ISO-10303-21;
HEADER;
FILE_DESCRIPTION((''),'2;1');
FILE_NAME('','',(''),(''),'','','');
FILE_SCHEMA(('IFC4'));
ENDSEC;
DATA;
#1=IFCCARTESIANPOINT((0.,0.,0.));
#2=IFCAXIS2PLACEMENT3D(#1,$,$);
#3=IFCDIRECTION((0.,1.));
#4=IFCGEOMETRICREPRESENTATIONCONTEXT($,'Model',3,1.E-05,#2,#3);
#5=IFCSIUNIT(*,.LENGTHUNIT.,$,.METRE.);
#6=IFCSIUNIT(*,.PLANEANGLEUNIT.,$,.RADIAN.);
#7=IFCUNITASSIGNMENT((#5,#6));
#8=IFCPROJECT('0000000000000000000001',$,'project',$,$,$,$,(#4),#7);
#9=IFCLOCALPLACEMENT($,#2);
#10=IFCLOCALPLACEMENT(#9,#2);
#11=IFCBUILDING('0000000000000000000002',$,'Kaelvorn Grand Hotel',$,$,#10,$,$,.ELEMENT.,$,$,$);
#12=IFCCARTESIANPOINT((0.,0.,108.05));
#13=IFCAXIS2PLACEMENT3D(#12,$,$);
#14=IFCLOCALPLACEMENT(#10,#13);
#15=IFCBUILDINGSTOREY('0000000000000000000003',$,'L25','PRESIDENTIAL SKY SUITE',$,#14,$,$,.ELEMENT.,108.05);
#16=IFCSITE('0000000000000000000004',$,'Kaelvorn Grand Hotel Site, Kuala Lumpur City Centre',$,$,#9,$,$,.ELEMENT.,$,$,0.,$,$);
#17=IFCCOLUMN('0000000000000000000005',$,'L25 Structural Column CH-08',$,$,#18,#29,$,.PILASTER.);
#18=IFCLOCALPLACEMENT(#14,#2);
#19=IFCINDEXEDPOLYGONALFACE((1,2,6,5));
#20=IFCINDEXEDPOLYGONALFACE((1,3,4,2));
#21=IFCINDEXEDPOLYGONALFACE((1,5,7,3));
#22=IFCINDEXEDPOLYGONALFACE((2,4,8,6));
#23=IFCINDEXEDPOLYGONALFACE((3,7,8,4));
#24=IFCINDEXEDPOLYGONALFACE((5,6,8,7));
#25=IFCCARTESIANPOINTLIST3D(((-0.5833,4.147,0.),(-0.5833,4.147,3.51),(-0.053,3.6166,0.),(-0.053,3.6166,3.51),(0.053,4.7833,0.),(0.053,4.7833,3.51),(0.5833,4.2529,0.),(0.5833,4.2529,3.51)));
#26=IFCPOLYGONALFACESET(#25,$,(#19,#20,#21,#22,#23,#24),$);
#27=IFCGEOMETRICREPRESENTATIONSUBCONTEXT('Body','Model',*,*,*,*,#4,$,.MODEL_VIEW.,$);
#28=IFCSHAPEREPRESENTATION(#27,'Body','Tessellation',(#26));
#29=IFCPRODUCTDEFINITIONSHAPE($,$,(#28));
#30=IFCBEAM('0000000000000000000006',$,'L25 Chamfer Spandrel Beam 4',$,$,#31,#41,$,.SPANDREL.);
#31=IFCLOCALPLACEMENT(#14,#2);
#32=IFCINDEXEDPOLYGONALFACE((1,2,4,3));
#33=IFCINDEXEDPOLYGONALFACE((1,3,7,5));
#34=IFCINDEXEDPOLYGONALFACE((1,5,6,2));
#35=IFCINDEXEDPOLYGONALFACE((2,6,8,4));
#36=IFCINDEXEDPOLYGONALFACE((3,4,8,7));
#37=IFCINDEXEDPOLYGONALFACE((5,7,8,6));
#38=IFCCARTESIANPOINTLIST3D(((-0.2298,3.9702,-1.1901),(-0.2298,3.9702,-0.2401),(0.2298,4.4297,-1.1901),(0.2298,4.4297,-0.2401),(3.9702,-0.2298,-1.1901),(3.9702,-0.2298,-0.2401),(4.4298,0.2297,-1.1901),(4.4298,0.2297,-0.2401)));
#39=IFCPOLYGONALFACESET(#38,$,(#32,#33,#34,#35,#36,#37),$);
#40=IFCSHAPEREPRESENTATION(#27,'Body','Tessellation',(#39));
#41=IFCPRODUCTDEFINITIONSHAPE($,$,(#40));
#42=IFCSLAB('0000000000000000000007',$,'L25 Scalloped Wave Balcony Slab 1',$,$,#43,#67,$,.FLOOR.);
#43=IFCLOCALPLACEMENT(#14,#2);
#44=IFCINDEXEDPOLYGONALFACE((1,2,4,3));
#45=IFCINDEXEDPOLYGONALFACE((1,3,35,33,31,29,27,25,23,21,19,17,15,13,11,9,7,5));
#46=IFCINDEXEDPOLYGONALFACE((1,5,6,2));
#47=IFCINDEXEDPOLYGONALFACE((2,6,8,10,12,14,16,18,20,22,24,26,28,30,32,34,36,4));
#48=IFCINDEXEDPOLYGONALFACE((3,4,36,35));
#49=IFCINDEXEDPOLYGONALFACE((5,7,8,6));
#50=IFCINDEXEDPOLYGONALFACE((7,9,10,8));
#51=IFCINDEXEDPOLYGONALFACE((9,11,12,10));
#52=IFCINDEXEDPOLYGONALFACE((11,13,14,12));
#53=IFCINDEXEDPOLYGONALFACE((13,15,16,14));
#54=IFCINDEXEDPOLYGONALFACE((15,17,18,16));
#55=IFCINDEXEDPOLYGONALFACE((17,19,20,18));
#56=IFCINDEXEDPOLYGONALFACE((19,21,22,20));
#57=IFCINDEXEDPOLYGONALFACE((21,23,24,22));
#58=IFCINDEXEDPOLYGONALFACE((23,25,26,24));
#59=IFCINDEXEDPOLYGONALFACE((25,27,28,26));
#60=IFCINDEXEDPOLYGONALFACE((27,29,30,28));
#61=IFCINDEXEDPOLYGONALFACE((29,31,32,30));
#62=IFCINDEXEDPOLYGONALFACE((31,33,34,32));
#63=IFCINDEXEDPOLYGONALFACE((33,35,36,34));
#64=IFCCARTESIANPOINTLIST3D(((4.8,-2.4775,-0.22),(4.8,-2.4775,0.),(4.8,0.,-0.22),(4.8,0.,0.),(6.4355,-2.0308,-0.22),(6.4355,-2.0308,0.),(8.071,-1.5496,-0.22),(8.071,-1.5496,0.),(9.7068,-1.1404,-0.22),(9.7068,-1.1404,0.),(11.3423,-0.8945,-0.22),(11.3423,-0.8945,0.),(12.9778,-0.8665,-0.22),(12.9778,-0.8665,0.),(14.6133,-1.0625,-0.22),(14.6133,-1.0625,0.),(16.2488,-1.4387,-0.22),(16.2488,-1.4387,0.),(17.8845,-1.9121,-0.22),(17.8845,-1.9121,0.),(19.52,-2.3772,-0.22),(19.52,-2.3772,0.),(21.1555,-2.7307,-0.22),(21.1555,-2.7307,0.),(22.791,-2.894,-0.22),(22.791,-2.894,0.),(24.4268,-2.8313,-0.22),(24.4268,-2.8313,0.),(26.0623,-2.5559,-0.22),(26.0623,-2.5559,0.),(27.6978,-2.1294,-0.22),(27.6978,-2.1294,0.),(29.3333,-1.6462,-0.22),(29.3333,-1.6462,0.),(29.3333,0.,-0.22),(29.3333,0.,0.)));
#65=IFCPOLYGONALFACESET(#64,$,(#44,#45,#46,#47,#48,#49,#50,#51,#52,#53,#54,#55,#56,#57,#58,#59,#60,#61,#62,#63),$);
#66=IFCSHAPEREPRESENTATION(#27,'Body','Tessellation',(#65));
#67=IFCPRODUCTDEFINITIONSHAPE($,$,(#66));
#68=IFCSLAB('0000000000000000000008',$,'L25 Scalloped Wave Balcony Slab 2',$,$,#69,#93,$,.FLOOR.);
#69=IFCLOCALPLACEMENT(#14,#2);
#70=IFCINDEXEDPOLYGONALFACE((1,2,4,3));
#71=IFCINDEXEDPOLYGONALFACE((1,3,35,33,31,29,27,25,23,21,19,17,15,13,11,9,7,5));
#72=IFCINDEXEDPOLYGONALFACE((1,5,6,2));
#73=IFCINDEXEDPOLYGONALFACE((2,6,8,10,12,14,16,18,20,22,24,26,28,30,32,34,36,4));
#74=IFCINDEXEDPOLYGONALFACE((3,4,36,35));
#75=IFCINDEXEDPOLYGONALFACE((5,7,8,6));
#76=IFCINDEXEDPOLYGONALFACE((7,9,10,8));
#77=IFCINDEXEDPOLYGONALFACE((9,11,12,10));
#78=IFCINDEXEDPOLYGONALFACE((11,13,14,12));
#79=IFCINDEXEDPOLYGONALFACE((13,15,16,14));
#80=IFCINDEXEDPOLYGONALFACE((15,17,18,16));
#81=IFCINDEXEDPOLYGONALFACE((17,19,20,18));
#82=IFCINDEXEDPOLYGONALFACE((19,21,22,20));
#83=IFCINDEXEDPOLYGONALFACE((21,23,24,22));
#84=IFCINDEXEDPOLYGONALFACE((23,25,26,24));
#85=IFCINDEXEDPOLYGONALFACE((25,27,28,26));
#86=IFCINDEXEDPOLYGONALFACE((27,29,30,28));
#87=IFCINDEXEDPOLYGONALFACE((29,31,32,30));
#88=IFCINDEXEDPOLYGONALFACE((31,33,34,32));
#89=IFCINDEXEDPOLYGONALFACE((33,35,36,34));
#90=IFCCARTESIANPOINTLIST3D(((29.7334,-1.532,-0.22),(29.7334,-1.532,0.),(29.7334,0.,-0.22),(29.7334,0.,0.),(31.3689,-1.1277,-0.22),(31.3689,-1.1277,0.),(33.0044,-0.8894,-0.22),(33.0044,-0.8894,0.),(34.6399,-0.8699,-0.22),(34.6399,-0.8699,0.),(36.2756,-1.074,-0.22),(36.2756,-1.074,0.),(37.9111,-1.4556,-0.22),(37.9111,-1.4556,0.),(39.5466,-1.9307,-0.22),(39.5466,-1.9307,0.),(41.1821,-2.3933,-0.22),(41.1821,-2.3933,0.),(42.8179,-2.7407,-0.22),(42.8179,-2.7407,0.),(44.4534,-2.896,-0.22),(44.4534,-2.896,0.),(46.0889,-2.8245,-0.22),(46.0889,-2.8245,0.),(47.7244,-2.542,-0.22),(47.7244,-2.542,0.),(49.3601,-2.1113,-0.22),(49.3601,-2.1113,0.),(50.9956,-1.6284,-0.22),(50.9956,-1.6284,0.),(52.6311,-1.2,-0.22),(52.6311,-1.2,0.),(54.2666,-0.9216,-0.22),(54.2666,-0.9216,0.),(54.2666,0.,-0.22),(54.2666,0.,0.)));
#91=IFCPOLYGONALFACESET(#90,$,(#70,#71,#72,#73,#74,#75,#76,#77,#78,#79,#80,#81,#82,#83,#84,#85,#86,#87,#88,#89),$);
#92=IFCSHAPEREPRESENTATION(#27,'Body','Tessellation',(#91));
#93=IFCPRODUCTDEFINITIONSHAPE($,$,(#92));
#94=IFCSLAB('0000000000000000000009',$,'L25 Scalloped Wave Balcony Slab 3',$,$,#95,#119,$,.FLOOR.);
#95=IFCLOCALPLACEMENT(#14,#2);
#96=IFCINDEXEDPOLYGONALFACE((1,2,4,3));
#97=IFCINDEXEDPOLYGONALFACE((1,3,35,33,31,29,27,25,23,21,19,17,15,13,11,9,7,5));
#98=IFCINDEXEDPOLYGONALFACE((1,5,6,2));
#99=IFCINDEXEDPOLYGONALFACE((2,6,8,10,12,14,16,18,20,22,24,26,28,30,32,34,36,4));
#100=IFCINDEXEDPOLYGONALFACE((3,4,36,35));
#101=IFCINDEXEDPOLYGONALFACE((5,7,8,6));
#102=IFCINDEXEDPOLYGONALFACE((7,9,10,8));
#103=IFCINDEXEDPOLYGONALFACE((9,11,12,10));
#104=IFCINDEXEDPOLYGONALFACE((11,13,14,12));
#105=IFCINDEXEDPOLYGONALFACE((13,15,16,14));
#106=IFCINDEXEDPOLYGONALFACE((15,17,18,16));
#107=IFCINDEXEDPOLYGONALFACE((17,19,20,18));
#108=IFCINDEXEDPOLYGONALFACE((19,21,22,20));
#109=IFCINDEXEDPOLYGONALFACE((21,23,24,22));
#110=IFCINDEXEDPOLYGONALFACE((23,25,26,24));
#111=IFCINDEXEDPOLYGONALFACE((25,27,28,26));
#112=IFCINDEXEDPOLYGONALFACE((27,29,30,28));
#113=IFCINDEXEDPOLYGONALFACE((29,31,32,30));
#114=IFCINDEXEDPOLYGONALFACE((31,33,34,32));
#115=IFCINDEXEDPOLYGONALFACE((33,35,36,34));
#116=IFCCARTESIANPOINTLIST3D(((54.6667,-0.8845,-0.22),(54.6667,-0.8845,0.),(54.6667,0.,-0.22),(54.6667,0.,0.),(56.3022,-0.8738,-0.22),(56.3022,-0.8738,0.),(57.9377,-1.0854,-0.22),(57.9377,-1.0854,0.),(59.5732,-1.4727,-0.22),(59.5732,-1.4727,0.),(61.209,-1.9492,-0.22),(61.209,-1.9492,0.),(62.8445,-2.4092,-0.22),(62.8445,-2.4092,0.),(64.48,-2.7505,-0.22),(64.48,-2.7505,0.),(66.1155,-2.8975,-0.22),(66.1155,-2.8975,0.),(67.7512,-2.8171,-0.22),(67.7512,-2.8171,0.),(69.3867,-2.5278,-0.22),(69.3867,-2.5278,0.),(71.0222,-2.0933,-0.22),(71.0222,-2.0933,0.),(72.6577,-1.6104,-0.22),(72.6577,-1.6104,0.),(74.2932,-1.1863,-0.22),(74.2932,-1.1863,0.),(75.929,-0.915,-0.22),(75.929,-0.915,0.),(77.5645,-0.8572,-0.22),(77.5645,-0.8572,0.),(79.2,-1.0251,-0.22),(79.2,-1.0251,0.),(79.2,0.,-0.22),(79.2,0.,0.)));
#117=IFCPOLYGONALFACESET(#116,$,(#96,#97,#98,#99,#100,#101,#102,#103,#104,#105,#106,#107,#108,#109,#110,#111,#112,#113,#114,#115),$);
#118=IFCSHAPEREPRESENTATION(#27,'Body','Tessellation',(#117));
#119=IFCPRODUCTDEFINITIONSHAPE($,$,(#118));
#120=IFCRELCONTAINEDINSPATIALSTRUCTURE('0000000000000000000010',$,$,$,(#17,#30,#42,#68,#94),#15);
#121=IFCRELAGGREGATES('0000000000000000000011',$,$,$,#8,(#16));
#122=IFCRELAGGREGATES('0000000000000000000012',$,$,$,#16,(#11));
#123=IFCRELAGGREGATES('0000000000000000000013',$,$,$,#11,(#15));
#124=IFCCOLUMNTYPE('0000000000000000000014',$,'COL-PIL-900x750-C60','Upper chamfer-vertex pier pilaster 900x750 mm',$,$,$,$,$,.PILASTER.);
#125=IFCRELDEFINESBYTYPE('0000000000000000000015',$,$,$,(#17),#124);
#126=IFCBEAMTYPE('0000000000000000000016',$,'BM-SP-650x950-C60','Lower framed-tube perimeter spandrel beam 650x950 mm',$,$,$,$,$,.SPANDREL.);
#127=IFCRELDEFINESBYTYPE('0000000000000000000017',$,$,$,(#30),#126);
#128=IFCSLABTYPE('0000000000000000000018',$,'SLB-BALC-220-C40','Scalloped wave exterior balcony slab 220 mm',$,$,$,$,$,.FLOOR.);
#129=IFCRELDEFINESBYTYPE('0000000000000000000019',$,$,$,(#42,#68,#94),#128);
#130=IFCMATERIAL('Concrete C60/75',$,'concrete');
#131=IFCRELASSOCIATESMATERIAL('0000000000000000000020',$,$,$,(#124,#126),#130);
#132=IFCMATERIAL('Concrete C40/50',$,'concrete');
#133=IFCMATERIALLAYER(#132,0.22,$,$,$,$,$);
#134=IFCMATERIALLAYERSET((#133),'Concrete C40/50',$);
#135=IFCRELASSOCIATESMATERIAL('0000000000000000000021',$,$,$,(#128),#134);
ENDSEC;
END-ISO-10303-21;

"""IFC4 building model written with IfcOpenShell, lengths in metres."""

from ifc_helpers import new_model, si_unit, direction, frame, origin, origin_2d, place, context, subcontext, project, spatial, polyline, rectangle, outline, extrude, material, layer, layer_set, material_profile, profile_set, type_object, element, save


model = new_model("IFC4")

# Units and contexts
model_context = context("Model", 3, precision=1e-05, world=origin(), true_north=direction((0.0, 1.0)))
body_context = subcontext(model_context, "Body", "Model", "MODEL_VIEW")
ifc_project = project(units=[si_unit("LENGTHUNIT", "METRE"), si_unit("PLANEANGLEUNIT", "RADIAN")], contexts=[model_context])

# Site, building, storey
site_placement = place(None, origin())
site = spatial("IfcSite", under=ifc_project, at=site_placement, Name="Kaelvorn Grand Hotel Site, Kuala Lumpur City Centre", CompositionType="ELEMENT", RefElevation=0.0)
building_placement = place(site_placement, origin())
building = spatial("IfcBuilding", under=site, at=building_placement, Name="Kaelvorn Grand Hotel", CompositionType="ELEMENT")
storey_placement = place(building_placement, frame((0.0, 0.0, 108.05)))
storey = spatial("IfcBuildingStorey", under=building, at=storey_placement, Name="L25", Description="PRESIDENTIAL SKY SUITE", CompositionType="ELEMENT", Elevation=108.05)

# Column
ifc_material_1 = material(Name="Concrete C60/75", Category="concrete")
ifc_material_profile_1 = material_profile(ifc_material_1, rectangle(XDim=0.8999, YDim=0.75, at=origin_2d()), Name="RC PILASTER 900x750")
ifc_profile_set_1 = profile_set([ifc_material_profile_1], Name="Concrete C60/75")
column_type = type_object("IfcColumnType", Name="COL-PIL-900x750-C60", Description="Upper chamfer-vertex pier pilaster 900x750 mm", PredefinedType="PILASTER", material=ifc_profile_set_1)
column_placement = place(storey_placement, frame((0.0, 4.2, 0.0), z_axis=(0.0, 0.0, 1.0), x_axis=(0.707107, 0.707107, 0.0)))
element("IfcColumn", 1, at=column_placement, inside=storey, type_object=column_type, Name="L25 Structural Column CH-08", PredefinedType="PILASTER", context=body_context, shape_type="SweptSolid", body=[
    extrude(rectangle(XDim=0.8999, YDim=0.75, at=origin_2d()), origin(), (0.0, 0.0, 1.0), 3.51),
])

# Beam
ifc_material_profile_2 = material_profile(ifc_material_1, rectangle(XDim=0.6499, YDim=0.95, at=origin_2d()), Name="RC SPANDREL 650x950")
ifc_profile_set_2 = profile_set([ifc_material_profile_2], Name="Concrete C60/75")
beam_type = type_object("IfcBeamType", Name="BM-SP-650x950-C60", Description="Lower framed-tube perimeter spandrel beam 650x950 mm", PredefinedType="SPANDREL", material=ifc_profile_set_2)
beam_placement = place(storey_placement, frame((0.0, 4.2, -0.7151), z_axis=(0.707107, -0.707107, 0.0), x_axis=(0.707107, 0.707107, 0.0)))
element("IfcBeam", 2, at=beam_placement, inside=storey, type_object=beam_type, Name="L25 Chamfer Spandrel Beam 4", PredefinedType="SPANDREL", context=body_context, shape_type="SweptSolid", body=[
    extrude(rectangle(XDim=0.6499, YDim=0.95, at=origin_2d()), origin(), (0.0, 0.0, 1.0), 5.9397),
])

# Slabs
ifc_material_2 = material(Name="Concrete C40/50", Category="concrete")
ifc_layer_1 = layer(ifc_material_2, 0.22)
ifc_layer_set_1 = layer_set([ifc_layer_1], Name="Concrete C40/50")
slab_type_1 = type_object("IfcSlabType", Name="SLB-BALC-220-C40", Description="Scalloped wave exterior balcony slab 220 mm", PredefinedType="FLOOR", material=ifc_layer_set_1)
slab_1_placement = place(storey_placement, frame((0.0, 0.0, -0.22)))
element("IfcSlab", 3, at=slab_1_placement, inside=storey, type_object=slab_type_1, Name="L25 Scalloped Wave Balcony Slab 1", PredefinedType="FLOOR", context=body_context, shape_type="SweptSolid", body=[
    extrude(outline(polyline([(4.8, -2.4775), (6.4355, -2.0308), (8.071, -1.5496), (9.7068, -1.1404), (11.3423, -0.8945), (12.9778, -0.8665), (14.6133, -1.0625), (16.2488, -1.4387), (17.8845, -1.9121), (19.52, -2.3772), (21.1555, -2.7307), (22.791, -2.894), (24.4268, -2.8313), (26.0623, -2.5559), (27.6978, -2.1294), (29.3333, -1.6462), (29.3333, 0.0), (4.8, 0.0), (4.8, -2.4775)])), origin(), (0.0, 0.0, 1.0), 0.22),
])
slab_2_placement = place(storey_placement, frame((0.0, 0.0, -0.22)))
element("IfcSlab", 4, at=slab_2_placement, inside=storey, type_object=slab_type_1, Name="L25 Scalloped Wave Balcony Slab 2", PredefinedType="FLOOR", context=body_context, shape_type="SweptSolid", body=[
    extrude(outline(polyline([(29.7334, -1.532), (31.3689, -1.1277), (33.0044, -0.8894), (34.6399, -0.8699), (36.2756, -1.074), (37.9111, -1.4556), (39.5466, -1.9307), (41.1821, -2.3933), (42.8179, -2.7407), (44.4534, -2.896), (46.0889, -2.8245), (47.7244, -2.542), (49.3601, -2.1113), (50.9956, -1.6284), (52.6311, -1.2), (54.2666, -0.9216), (54.2666, 0.0), (29.7334, 0.0), (29.7334, -1.532)])), origin(), (0.0, 0.0, 1.0), 0.22),
])
slab_3_placement = place(storey_placement, frame((0.0, 0.0, -0.22)))
element("IfcSlab", 5, at=slab_3_placement, inside=storey, type_object=slab_type_1, Name="L25 Scalloped Wave Balcony Slab 3", PredefinedType="FLOOR", context=body_context, shape_type="SweptSolid", body=[
    extrude(outline(polyline([(54.6667, -0.8845), (56.3022, -0.8738), (57.9377, -1.0854), (59.5732, -1.4727), (61.209, -1.9492), (62.8445, -2.4092), (64.48, -2.7505), (66.1155, -2.8975), (67.7512, -2.8171), (69.3867, -2.5278), (71.0222, -2.0933), (72.6577, -1.6104), (74.2932, -1.1863), (75.929, -0.915), (77.5645, -0.8572), (79.2, -1.0251), (79.2, 0.0), (54.6667, 0.0), (54.6667, -0.8845)])), origin(), (0.0, 0.0, 1.0), 0.22),
])

save(model, "model.ifc")
